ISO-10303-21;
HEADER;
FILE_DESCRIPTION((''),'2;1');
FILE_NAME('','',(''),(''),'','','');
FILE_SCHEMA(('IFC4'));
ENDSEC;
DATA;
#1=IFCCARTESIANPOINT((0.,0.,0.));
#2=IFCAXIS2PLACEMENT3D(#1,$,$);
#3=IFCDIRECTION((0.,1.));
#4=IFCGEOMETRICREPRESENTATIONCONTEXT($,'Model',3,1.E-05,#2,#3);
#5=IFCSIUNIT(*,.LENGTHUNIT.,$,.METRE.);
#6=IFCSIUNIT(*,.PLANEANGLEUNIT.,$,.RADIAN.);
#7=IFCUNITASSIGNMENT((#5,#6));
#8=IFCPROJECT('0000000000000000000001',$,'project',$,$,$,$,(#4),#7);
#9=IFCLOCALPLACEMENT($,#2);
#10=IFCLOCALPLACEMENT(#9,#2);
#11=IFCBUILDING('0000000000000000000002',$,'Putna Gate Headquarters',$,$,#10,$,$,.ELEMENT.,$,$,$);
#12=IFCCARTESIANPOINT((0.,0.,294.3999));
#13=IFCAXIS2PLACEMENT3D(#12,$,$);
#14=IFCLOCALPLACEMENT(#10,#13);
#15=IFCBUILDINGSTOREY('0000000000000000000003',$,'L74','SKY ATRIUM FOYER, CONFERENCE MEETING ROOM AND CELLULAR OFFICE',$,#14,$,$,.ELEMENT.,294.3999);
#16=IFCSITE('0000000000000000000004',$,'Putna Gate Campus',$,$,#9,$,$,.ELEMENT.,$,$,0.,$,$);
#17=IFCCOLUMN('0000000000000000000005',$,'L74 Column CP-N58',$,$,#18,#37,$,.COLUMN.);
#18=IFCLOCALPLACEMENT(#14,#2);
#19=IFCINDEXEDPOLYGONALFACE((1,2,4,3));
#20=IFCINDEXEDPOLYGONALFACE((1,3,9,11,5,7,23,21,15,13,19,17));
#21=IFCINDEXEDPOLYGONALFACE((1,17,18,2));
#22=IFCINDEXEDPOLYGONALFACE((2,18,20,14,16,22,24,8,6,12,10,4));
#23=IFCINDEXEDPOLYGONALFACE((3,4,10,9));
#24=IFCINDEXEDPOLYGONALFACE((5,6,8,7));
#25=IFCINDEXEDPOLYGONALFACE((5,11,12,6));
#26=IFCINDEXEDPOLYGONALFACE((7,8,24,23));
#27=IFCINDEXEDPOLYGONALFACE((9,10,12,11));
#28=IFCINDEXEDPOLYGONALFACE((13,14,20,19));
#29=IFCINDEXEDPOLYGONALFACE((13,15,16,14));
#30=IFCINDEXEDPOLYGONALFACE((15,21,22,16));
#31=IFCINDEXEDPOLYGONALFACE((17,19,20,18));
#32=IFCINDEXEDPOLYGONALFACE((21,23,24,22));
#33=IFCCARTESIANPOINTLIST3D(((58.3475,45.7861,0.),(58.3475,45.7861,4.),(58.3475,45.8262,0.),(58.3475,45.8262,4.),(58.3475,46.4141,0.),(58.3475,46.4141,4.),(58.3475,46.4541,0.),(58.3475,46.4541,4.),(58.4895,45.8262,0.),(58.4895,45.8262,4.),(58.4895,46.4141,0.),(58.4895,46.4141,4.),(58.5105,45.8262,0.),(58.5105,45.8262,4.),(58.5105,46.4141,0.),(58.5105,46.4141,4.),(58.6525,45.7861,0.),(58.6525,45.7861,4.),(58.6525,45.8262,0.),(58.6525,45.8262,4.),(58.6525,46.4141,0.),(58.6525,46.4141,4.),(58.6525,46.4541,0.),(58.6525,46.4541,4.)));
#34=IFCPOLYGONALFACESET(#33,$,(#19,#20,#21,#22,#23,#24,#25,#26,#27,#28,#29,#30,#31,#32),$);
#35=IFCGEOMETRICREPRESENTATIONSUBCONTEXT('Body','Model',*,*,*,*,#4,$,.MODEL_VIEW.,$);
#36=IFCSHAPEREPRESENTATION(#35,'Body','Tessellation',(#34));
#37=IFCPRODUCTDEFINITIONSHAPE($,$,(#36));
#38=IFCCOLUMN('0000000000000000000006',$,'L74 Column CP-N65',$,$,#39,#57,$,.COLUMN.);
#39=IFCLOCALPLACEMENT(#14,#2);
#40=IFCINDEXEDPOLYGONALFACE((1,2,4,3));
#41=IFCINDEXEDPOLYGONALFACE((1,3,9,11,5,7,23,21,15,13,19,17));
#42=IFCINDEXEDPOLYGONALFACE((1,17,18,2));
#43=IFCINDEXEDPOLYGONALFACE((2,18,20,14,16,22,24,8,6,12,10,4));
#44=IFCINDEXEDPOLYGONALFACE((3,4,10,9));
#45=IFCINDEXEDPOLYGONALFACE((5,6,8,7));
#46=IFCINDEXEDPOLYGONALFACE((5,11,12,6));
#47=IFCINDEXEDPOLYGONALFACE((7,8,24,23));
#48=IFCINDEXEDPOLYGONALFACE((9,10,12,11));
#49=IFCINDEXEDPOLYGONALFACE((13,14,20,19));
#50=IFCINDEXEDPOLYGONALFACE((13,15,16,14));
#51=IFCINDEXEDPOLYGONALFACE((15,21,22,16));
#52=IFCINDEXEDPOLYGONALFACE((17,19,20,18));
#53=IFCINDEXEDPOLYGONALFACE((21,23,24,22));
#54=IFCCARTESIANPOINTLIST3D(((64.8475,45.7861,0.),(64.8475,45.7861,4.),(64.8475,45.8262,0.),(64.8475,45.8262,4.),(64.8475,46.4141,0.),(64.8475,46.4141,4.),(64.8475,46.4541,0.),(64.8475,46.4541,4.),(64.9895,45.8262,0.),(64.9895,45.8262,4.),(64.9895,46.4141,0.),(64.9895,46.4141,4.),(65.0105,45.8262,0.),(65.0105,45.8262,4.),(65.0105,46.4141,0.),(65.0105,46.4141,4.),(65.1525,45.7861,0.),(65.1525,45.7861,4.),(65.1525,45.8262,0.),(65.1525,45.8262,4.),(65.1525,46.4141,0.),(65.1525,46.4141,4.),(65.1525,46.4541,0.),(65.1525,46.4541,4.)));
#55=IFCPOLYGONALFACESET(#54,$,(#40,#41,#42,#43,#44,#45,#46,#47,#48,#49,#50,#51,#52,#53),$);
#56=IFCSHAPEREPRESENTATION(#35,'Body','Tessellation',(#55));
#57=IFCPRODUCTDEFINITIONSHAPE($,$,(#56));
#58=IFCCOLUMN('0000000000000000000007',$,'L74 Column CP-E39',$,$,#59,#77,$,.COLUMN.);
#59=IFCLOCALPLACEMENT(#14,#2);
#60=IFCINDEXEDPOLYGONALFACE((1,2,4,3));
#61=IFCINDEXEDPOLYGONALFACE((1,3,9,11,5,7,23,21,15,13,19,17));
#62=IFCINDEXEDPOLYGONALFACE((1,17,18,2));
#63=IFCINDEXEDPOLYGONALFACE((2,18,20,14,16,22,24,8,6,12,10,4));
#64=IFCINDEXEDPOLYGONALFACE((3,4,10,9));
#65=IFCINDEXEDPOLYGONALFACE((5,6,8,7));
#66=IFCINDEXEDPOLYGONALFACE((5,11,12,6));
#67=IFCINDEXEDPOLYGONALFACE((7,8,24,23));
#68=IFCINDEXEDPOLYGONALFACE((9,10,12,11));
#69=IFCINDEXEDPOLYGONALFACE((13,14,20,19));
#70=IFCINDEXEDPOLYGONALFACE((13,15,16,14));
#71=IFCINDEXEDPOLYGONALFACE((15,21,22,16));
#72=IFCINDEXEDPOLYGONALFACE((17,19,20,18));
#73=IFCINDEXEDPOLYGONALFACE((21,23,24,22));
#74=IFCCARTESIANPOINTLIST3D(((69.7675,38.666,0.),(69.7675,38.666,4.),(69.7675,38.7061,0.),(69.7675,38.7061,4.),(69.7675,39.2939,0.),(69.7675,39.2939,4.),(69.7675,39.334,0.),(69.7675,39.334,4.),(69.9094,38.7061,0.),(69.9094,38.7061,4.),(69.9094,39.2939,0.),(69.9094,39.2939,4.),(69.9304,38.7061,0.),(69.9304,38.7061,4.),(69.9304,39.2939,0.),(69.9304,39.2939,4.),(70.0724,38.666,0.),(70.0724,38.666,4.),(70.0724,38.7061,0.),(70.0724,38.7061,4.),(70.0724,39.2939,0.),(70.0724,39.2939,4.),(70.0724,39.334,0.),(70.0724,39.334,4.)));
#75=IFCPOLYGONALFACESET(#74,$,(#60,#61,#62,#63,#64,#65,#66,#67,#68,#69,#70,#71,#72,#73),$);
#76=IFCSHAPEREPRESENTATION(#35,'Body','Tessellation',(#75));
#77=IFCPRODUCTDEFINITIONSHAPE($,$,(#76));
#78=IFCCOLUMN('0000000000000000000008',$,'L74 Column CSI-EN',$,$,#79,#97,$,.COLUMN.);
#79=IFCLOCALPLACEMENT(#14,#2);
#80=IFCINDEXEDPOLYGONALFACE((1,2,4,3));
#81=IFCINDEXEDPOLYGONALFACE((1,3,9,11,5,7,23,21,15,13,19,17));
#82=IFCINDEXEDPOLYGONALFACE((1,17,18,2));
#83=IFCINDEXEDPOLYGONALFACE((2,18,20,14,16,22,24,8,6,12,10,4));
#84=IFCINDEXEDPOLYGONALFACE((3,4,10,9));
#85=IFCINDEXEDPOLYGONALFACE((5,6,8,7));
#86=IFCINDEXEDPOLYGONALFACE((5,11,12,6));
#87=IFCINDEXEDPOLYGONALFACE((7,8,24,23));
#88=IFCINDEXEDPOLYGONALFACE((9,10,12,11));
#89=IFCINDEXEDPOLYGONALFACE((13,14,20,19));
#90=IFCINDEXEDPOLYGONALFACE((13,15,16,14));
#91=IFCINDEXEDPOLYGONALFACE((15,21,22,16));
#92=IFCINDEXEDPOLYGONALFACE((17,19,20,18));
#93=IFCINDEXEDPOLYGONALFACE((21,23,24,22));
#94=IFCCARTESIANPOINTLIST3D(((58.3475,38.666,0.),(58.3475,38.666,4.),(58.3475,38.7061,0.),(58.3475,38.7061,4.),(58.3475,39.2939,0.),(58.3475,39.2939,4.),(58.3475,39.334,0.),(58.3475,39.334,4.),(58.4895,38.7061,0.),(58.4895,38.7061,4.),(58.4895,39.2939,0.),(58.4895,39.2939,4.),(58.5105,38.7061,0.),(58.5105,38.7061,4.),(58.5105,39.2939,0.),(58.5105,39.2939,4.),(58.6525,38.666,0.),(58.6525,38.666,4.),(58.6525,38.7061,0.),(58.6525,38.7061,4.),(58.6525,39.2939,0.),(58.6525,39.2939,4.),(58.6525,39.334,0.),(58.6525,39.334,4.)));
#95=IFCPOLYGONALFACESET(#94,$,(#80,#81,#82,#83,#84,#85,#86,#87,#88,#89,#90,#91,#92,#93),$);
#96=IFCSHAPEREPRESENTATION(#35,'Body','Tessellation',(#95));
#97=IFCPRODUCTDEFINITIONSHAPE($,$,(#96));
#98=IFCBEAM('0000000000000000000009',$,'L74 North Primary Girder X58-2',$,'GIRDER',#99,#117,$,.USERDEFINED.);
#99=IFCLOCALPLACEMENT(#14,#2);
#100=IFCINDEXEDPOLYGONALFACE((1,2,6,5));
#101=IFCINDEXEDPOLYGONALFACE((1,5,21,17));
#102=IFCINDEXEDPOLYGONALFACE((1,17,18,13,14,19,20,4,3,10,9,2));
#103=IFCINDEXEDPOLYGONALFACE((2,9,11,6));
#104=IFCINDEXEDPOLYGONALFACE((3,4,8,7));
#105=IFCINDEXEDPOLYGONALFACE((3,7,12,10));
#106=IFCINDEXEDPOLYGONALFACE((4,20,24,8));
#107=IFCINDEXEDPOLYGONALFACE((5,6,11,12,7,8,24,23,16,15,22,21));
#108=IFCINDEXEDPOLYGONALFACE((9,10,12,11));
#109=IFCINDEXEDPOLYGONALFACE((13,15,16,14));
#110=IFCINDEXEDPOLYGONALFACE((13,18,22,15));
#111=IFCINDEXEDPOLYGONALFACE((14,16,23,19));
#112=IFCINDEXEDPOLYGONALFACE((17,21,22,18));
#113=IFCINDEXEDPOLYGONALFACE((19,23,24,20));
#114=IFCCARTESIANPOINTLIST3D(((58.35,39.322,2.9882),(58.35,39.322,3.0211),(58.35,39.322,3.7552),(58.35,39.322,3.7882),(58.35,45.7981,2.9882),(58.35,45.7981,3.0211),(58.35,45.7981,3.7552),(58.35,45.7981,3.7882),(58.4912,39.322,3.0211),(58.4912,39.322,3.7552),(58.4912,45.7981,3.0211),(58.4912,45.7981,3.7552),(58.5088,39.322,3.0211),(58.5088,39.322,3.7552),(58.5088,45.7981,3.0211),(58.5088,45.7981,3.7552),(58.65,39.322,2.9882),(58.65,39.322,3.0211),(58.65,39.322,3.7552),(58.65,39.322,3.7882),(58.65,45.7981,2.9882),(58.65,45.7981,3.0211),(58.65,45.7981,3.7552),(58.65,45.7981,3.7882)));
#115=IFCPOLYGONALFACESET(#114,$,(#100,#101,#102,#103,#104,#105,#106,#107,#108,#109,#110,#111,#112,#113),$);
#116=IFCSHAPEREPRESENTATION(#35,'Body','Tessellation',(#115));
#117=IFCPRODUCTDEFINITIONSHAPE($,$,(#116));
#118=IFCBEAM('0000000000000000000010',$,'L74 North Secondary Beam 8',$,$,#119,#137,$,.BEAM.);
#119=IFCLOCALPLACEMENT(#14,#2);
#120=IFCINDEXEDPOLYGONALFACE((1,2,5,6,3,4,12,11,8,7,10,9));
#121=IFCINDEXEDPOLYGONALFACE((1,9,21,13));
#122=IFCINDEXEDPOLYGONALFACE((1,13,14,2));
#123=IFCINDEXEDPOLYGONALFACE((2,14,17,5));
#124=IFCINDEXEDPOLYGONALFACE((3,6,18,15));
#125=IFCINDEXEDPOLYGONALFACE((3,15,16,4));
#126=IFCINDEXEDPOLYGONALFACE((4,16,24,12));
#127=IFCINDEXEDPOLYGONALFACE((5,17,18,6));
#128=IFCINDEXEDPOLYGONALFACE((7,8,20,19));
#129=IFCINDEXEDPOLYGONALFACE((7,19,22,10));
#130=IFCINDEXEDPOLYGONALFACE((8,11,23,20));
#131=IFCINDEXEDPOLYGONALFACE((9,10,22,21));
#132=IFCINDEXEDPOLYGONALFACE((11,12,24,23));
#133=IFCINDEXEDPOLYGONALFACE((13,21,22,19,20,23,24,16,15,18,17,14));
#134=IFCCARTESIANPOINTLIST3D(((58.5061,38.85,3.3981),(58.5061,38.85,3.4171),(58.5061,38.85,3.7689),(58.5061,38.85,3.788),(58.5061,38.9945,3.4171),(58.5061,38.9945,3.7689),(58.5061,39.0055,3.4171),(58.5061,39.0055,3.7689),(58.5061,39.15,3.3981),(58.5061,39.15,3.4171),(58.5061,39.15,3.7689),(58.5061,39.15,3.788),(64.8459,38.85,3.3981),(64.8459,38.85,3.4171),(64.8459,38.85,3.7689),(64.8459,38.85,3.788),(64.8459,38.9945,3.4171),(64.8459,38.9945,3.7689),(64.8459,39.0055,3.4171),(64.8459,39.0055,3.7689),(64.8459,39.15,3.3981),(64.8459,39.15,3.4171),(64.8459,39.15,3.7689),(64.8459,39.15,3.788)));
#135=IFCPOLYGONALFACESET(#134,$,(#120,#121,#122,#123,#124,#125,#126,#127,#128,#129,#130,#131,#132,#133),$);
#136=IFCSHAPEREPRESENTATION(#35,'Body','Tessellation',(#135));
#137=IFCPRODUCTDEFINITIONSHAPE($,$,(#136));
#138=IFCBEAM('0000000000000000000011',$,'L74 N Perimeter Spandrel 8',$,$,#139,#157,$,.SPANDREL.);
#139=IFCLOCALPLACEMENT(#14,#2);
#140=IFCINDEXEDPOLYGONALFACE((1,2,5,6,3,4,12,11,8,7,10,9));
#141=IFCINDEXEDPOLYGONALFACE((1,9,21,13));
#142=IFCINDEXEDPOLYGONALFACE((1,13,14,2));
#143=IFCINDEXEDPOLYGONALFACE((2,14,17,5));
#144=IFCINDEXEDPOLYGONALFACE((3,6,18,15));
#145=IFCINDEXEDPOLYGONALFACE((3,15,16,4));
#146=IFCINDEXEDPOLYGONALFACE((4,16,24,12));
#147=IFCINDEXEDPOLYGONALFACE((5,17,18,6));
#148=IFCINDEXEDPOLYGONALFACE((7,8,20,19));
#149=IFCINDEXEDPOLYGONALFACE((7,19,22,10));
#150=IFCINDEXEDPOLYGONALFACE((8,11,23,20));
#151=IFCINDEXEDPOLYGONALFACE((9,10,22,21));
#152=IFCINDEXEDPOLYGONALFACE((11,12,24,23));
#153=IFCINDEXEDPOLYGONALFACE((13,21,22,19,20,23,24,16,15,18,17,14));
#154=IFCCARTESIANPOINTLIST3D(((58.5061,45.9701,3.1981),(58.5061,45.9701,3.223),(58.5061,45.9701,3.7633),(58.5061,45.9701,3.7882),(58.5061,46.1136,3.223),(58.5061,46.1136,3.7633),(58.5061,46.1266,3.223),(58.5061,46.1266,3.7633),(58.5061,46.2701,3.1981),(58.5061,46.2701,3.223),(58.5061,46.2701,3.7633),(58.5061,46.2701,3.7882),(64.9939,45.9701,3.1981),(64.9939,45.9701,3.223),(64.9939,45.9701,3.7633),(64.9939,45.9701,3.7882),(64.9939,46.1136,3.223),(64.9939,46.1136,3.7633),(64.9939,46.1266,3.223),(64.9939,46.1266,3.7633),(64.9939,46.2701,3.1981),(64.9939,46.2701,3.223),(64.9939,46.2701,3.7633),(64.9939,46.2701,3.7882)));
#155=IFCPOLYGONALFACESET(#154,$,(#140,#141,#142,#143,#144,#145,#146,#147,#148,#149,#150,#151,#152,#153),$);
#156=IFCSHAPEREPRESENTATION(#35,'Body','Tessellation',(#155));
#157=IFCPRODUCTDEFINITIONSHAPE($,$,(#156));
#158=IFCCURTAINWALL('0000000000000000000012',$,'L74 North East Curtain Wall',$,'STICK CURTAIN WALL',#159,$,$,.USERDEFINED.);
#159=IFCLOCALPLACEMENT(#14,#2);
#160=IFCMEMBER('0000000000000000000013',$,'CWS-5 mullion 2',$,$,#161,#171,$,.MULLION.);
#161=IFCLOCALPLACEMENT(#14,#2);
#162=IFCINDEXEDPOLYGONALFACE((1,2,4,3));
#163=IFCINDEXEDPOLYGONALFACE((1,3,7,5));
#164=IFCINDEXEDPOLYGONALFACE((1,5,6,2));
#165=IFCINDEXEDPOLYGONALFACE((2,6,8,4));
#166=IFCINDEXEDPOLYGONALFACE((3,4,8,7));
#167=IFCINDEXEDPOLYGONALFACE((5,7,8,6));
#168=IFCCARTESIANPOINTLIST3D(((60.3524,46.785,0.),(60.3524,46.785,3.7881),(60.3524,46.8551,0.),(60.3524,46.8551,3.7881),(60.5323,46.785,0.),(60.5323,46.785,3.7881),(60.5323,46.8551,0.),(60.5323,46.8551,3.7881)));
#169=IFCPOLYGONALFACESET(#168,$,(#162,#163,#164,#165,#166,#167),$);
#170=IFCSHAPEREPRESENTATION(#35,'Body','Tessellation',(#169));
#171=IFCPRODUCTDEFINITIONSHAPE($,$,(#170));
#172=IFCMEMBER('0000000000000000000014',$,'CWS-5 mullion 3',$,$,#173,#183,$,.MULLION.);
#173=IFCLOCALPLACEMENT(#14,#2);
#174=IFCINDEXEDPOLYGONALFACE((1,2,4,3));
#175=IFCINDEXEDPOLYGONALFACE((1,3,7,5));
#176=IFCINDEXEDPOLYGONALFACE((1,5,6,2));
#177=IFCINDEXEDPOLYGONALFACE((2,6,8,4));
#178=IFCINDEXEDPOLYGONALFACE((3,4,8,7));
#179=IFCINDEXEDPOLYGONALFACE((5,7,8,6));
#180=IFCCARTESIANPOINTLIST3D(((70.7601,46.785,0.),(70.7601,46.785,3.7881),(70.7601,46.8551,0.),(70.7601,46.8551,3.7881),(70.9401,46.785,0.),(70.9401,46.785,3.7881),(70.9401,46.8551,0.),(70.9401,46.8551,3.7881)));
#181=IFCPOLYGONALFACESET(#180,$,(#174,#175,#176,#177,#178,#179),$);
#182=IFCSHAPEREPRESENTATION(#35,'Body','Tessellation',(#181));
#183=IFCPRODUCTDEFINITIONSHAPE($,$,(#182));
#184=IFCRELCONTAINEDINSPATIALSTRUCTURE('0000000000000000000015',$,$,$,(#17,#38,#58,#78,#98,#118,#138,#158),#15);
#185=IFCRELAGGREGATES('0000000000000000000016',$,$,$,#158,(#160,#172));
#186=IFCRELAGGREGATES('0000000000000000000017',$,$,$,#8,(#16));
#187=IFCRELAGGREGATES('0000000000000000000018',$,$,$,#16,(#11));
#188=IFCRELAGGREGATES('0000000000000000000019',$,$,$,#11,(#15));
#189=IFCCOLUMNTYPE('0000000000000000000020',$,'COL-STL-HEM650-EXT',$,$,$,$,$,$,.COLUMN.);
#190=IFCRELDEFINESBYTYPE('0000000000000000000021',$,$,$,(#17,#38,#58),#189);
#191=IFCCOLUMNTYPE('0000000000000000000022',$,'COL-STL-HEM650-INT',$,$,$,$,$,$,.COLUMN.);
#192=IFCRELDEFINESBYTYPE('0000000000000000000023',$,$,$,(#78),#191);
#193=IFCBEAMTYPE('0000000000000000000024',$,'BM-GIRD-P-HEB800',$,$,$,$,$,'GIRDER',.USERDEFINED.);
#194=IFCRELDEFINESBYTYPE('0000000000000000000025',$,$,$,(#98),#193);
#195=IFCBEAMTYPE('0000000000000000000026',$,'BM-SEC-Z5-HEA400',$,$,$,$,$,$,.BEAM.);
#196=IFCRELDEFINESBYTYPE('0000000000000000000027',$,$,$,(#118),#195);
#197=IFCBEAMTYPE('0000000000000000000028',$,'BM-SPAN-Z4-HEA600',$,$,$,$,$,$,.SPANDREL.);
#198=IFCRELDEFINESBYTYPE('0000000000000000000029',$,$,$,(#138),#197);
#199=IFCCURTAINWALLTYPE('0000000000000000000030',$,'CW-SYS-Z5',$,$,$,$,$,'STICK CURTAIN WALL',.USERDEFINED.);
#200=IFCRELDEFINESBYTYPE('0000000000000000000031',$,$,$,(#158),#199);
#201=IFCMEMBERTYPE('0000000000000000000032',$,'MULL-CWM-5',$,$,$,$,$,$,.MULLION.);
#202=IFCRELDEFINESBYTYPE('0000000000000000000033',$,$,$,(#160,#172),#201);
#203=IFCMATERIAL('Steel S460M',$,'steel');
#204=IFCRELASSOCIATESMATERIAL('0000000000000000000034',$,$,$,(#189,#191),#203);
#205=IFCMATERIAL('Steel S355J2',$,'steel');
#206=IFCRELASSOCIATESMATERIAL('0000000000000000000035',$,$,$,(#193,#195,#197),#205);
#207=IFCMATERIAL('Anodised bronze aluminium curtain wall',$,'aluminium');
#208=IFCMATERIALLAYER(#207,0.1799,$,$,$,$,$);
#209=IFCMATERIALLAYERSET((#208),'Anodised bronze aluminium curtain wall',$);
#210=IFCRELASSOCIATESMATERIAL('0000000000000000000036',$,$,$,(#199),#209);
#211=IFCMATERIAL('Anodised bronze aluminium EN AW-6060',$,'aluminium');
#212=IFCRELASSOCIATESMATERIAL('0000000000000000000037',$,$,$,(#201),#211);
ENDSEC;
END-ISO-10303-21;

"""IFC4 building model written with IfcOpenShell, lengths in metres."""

from ifc_helpers import new_model, si_unit, direction, frame, origin, origin_2d, place, context, subcontext, project, spatial, rectangle, i_section, extrude, material, layer, layer_set, material_profile, profile_set, type_object, element, aggregate, save


model = new_model("IFC4")

# Units and contexts
model_context = context("Model", 3, precision=1e-05, world=origin(), true_north=direction((0.0, 1.0)))
body_context = subcontext(model_context, "Body", "Model", "MODEL_VIEW")
ifc_project = project(units=[si_unit("LENGTHUNIT", "METRE"), si_unit("PLANEANGLEUNIT", "RADIAN")], contexts=[model_context])

# Site, building, storey
site_placement = place(None, origin())
site = spatial("IfcSite", under=ifc_project, at=site_placement, Name="Putna Gate Campus", CompositionType="ELEMENT", RefElevation=0.0)
building_placement = place(site_placement, origin())
building = spatial("IfcBuilding", under=site, at=building_placement, Name="Putna Gate Headquarters", CompositionType="ELEMENT")
storey_placement = place(building_placement, frame((0.0, 0.0, 294.3999)))
storey = spatial("IfcBuildingStorey", under=building, at=storey_placement, Name="L74", Description="SKY ATRIUM FOYER, CONFERENCE MEETING ROOM AND CELLULAR OFFICE", CompositionType="ELEMENT", Elevation=294.3999)

# Columns
ifc_material_1 = material(Name="Steel S460M", Category="steel")
ifc_material_profile_1 = material_profile(ifc_material_1, i_section(OverallWidth=0.3049, OverallDepth=0.668, WebThickness=0.021, FlangeThickness=0.04, at=origin_2d()), Name="Steel S460M")
ifc_profile_set_1 = profile_set([ifc_material_profile_1], Name="Steel S460M")
column_type_1 = type_object("IfcColumnType", Name="COL-STL-HEM650-EXT", PredefinedType="COLUMN", material=ifc_profile_set_1)
for number, where, z_axis, x_axis, name in (
    (1, (58.5, 46.1201, 0.0), (0.0, 0.0, 1.0), (1.0, 0.0, 0.0), "L74 Column CP-N58"),
    (2, (65.0, 46.1201, 0.0), (0.0, 0.0, 1.0), (1.0, 0.0, 0.0), "L74 Column CP-N65"),
    (3, (69.9199, 39.0, 0.0), (0.0, 0.0, 1.0), (1.0, 0.0, 0.0), "L74 Column CP-E39"),
):
    element("IfcColumn", number, at=place(storey_placement, frame(where, z_axis=z_axis, x_axis=x_axis)), inside=storey, type_object=column_type_1, Name=name, PredefinedType="COLUMN", context=body_context, shape_type="SweptSolid", body=[
        extrude(i_section(OverallWidth=0.3049, OverallDepth=0.668, WebThickness=0.021, FlangeThickness=0.04, at=origin_2d()), origin(), (0.0, 0.0, 1.0), 4.0),
    ])
ifc_material_profile_2 = material_profile(ifc_material_1, i_section(OverallWidth=0.3049, OverallDepth=0.668, WebThickness=0.021, FlangeThickness=0.04, at=origin_2d()), Name="Steel S460M")
ifc_profile_set_2 = profile_set([ifc_material_profile_2], Name="Steel S460M")
column_type_2 = type_object("IfcColumnType", Name="COL-STL-HEM650-INT", PredefinedType="COLUMN", material=ifc_profile_set_2)
column_placement = place(storey_placement, frame((58.5, 39.0, 0.0), z_axis=(0.0, 0.0, 1.0), x_axis=(1.0, 0.0, 0.0)))
element("IfcColumn", 4, at=column_placement, inside=storey, type_object=column_type_2, Name="L74 Column CSI-EN", PredefinedType="COLUMN", context=body_context, shape_type="SweptSolid", body=[
    extrude(i_section(OverallWidth=0.3049, OverallDepth=0.668, WebThickness=0.021, FlangeThickness=0.04, at=origin_2d()), origin(), (0.0, 0.0, 1.0), 4.0),
])

# Beams
ifc_material_2 = material(Name="Steel S355J2", Category="steel")
ifc_material_profile_3 = material_profile(ifc_material_2, i_section(OverallWidth=0.3, OverallDepth=0.8, WebThickness=0.0176, FlangeThickness=0.033, at=origin_2d()), Name="Steel S355J2")
ifc_profile_set_3 = profile_set([ifc_material_profile_3], Name="Steel S355J2")
beam_type_1 = type_object("IfcBeamType", Name="BM-GIRD-P-HEB800", ElementType="GIRDER", PredefinedType="USERDEFINED", material=ifc_profile_set_3)
beam_1_placement = place(storey_placement, frame((58.5, 39.322, 3.3882), z_axis=(0.0, 1.0, 0.0), x_axis=(-1.0, 0.0, 0.0)))
element("IfcBeam", 5, at=beam_1_placement, inside=storey, type_object=beam_type_1, Name="L74 North Primary Girder X58-2", ObjectType="GIRDER", PredefinedType="USERDEFINED", context=body_context, shape_type="SweptSolid", body=[
    extrude(i_section(OverallWidth=0.3, OverallDepth=0.8, WebThickness=0.0176, FlangeThickness=0.033, at=origin_2d()), origin(), (0.0, 0.0, 1.0), 6.4761),
])
ifc_material_profile_4 = material_profile(ifc_material_2, i_section(OverallWidth=0.3, OverallDepth=0.3899, WebThickness=0.011, FlangeThickness=0.019, at=origin_2d()), Name="Steel S355J2")
ifc_profile_set_4 = profile_set([ifc_material_profile_4], Name="Steel S355J2")
beam_type_2 = type_object("IfcBeamType", Name="BM-SEC-Z5-HEA400", PredefinedType="BEAM", material=ifc_profile_set_4)
beam_2_placement = place(storey_placement, frame((58.5061, 39.0, 3.593), z_axis=(1.0, 0.0, 0.0), x_axis=(0.0, 1.0, 0.0)))
element("IfcBeam", 6, at=beam_2_placement, inside=storey, type_object=beam_type_2, Name="L74 North Secondary Beam 8", PredefinedType="BEAM", context=body_context, shape_type="SweptSolid", body=[
    extrude(i_section(OverallWidth=0.3, OverallDepth=0.3899, WebThickness=0.011, FlangeThickness=0.019, at=origin_2d()), origin(), (0.0, 0.0, 1.0), 6.3398),
])
ifc_material_profile_5 = material_profile(ifc_material_2, i_section(OverallWidth=0.3, OverallDepth=0.5901, WebThickness=0.0129, FlangeThickness=0.0249, at=origin_2d()), Name="Steel S355J2")
ifc_profile_set_5 = profile_set([ifc_material_profile_5], Name="Steel S355J2")
beam_type_3 = type_object("IfcBeamType", Name="BM-SPAN-Z4-HEA600", PredefinedType="SPANDREL", material=ifc_profile_set_5)
beam_3_placement = place(storey_placement, frame((58.5061, 46.1201, 3.4932), z_axis=(1.0, 0.0, 0.0), x_axis=(0.0, 1.0, 0.0)))
element("IfcBeam", 7, at=beam_3_placement, inside=storey, type_object=beam_type_3, Name="L74 N Perimeter Spandrel 8", PredefinedType="SPANDREL", context=body_context, shape_type="SweptSolid", body=[
    extrude(i_section(OverallWidth=0.3, OverallDepth=0.5901, WebThickness=0.0129, FlangeThickness=0.0249, at=origin_2d()), origin(), (0.0, 0.0, 1.0), 6.4878),
])

# Curtain wall, members
ifc_material_3 = material(Name="Anodised bronze aluminium curtain wall", Category="aluminium")
ifc_layer_1 = layer(ifc_material_3, 0.1799)
ifc_layer_set_1 = layer_set([ifc_layer_1], Name="Anodised bronze aluminium curtain wall")
curtain_wall_type = type_object("IfcCurtainWallType", Name="CW-SYS-Z5", ElementType="STICK CURTAIN WALL", PredefinedType="USERDEFINED", material=ifc_layer_set_1)
curtain_wall_1_placement = place(storey_placement, origin())
curtain_wall_1 = element("IfcCurtainWall", 8, at=curtain_wall_1_placement, inside=storey, type_object=curtain_wall_type, Name="L74 North East Curtain Wall", ObjectType="STICK CURTAIN WALL", PredefinedType="USERDEFINED")
ifc_material_4 = material(Name="Anodised bronze aluminium EN AW-6060", Category="aluminium")
ifc_material_profile_6 = material_profile(ifc_material_4, rectangle(XDim=0.0701, YDim=0.1799, at=origin_2d()), Name="Anodised bronze aluminium EN AW-6060")
ifc_profile_set_6 = profile_set([ifc_material_profile_6], Name="Anodised bronze aluminium EN AW-6060")
member_type_1 = type_object("IfcMemberType", Name="MULL-CWM-5", PredefinedType="MULLION", material=ifc_profile_set_6)
member_1_placement = place(storey_placement, frame((60.4424, 46.8201, 0.0), z_axis=(0.0, 0.0, 1.0), x_axis=(0.0, 1.0, 0.0)))
member_1 = element("IfcMember", 9, at=member_1_placement, type_object=member_type_1, Name="CWS-5 mullion 2", PredefinedType="MULLION", context=body_context, shape_type="SweptSolid", body=[
    extrude(rectangle(XDim=0.0701, YDim=0.1799, at=origin_2d()), origin(), (0.0, 0.0, 1.0), 3.7881),
])
member_2_placement = place(storey_placement, frame((70.8501, 46.8201, 0.0), z_axis=(0.0, 0.0, 1.0), x_axis=(0.0, 1.0, 0.0)))
member_2 = element("IfcMember", 10, at=member_2_placement, type_object=member_type_1, Name="CWS-5 mullion 3", PredefinedType="MULLION", context=body_context, shape_type="SweptSolid", body=[
    extrude(rectangle(XDim=0.0701, YDim=0.1799, at=origin_2d()), origin(), (0.0, 0.0, 1.0), 3.7881),
])

aggregate(curtain_wall_1, [member_1, member_2])

save(model, "model.ifc")
